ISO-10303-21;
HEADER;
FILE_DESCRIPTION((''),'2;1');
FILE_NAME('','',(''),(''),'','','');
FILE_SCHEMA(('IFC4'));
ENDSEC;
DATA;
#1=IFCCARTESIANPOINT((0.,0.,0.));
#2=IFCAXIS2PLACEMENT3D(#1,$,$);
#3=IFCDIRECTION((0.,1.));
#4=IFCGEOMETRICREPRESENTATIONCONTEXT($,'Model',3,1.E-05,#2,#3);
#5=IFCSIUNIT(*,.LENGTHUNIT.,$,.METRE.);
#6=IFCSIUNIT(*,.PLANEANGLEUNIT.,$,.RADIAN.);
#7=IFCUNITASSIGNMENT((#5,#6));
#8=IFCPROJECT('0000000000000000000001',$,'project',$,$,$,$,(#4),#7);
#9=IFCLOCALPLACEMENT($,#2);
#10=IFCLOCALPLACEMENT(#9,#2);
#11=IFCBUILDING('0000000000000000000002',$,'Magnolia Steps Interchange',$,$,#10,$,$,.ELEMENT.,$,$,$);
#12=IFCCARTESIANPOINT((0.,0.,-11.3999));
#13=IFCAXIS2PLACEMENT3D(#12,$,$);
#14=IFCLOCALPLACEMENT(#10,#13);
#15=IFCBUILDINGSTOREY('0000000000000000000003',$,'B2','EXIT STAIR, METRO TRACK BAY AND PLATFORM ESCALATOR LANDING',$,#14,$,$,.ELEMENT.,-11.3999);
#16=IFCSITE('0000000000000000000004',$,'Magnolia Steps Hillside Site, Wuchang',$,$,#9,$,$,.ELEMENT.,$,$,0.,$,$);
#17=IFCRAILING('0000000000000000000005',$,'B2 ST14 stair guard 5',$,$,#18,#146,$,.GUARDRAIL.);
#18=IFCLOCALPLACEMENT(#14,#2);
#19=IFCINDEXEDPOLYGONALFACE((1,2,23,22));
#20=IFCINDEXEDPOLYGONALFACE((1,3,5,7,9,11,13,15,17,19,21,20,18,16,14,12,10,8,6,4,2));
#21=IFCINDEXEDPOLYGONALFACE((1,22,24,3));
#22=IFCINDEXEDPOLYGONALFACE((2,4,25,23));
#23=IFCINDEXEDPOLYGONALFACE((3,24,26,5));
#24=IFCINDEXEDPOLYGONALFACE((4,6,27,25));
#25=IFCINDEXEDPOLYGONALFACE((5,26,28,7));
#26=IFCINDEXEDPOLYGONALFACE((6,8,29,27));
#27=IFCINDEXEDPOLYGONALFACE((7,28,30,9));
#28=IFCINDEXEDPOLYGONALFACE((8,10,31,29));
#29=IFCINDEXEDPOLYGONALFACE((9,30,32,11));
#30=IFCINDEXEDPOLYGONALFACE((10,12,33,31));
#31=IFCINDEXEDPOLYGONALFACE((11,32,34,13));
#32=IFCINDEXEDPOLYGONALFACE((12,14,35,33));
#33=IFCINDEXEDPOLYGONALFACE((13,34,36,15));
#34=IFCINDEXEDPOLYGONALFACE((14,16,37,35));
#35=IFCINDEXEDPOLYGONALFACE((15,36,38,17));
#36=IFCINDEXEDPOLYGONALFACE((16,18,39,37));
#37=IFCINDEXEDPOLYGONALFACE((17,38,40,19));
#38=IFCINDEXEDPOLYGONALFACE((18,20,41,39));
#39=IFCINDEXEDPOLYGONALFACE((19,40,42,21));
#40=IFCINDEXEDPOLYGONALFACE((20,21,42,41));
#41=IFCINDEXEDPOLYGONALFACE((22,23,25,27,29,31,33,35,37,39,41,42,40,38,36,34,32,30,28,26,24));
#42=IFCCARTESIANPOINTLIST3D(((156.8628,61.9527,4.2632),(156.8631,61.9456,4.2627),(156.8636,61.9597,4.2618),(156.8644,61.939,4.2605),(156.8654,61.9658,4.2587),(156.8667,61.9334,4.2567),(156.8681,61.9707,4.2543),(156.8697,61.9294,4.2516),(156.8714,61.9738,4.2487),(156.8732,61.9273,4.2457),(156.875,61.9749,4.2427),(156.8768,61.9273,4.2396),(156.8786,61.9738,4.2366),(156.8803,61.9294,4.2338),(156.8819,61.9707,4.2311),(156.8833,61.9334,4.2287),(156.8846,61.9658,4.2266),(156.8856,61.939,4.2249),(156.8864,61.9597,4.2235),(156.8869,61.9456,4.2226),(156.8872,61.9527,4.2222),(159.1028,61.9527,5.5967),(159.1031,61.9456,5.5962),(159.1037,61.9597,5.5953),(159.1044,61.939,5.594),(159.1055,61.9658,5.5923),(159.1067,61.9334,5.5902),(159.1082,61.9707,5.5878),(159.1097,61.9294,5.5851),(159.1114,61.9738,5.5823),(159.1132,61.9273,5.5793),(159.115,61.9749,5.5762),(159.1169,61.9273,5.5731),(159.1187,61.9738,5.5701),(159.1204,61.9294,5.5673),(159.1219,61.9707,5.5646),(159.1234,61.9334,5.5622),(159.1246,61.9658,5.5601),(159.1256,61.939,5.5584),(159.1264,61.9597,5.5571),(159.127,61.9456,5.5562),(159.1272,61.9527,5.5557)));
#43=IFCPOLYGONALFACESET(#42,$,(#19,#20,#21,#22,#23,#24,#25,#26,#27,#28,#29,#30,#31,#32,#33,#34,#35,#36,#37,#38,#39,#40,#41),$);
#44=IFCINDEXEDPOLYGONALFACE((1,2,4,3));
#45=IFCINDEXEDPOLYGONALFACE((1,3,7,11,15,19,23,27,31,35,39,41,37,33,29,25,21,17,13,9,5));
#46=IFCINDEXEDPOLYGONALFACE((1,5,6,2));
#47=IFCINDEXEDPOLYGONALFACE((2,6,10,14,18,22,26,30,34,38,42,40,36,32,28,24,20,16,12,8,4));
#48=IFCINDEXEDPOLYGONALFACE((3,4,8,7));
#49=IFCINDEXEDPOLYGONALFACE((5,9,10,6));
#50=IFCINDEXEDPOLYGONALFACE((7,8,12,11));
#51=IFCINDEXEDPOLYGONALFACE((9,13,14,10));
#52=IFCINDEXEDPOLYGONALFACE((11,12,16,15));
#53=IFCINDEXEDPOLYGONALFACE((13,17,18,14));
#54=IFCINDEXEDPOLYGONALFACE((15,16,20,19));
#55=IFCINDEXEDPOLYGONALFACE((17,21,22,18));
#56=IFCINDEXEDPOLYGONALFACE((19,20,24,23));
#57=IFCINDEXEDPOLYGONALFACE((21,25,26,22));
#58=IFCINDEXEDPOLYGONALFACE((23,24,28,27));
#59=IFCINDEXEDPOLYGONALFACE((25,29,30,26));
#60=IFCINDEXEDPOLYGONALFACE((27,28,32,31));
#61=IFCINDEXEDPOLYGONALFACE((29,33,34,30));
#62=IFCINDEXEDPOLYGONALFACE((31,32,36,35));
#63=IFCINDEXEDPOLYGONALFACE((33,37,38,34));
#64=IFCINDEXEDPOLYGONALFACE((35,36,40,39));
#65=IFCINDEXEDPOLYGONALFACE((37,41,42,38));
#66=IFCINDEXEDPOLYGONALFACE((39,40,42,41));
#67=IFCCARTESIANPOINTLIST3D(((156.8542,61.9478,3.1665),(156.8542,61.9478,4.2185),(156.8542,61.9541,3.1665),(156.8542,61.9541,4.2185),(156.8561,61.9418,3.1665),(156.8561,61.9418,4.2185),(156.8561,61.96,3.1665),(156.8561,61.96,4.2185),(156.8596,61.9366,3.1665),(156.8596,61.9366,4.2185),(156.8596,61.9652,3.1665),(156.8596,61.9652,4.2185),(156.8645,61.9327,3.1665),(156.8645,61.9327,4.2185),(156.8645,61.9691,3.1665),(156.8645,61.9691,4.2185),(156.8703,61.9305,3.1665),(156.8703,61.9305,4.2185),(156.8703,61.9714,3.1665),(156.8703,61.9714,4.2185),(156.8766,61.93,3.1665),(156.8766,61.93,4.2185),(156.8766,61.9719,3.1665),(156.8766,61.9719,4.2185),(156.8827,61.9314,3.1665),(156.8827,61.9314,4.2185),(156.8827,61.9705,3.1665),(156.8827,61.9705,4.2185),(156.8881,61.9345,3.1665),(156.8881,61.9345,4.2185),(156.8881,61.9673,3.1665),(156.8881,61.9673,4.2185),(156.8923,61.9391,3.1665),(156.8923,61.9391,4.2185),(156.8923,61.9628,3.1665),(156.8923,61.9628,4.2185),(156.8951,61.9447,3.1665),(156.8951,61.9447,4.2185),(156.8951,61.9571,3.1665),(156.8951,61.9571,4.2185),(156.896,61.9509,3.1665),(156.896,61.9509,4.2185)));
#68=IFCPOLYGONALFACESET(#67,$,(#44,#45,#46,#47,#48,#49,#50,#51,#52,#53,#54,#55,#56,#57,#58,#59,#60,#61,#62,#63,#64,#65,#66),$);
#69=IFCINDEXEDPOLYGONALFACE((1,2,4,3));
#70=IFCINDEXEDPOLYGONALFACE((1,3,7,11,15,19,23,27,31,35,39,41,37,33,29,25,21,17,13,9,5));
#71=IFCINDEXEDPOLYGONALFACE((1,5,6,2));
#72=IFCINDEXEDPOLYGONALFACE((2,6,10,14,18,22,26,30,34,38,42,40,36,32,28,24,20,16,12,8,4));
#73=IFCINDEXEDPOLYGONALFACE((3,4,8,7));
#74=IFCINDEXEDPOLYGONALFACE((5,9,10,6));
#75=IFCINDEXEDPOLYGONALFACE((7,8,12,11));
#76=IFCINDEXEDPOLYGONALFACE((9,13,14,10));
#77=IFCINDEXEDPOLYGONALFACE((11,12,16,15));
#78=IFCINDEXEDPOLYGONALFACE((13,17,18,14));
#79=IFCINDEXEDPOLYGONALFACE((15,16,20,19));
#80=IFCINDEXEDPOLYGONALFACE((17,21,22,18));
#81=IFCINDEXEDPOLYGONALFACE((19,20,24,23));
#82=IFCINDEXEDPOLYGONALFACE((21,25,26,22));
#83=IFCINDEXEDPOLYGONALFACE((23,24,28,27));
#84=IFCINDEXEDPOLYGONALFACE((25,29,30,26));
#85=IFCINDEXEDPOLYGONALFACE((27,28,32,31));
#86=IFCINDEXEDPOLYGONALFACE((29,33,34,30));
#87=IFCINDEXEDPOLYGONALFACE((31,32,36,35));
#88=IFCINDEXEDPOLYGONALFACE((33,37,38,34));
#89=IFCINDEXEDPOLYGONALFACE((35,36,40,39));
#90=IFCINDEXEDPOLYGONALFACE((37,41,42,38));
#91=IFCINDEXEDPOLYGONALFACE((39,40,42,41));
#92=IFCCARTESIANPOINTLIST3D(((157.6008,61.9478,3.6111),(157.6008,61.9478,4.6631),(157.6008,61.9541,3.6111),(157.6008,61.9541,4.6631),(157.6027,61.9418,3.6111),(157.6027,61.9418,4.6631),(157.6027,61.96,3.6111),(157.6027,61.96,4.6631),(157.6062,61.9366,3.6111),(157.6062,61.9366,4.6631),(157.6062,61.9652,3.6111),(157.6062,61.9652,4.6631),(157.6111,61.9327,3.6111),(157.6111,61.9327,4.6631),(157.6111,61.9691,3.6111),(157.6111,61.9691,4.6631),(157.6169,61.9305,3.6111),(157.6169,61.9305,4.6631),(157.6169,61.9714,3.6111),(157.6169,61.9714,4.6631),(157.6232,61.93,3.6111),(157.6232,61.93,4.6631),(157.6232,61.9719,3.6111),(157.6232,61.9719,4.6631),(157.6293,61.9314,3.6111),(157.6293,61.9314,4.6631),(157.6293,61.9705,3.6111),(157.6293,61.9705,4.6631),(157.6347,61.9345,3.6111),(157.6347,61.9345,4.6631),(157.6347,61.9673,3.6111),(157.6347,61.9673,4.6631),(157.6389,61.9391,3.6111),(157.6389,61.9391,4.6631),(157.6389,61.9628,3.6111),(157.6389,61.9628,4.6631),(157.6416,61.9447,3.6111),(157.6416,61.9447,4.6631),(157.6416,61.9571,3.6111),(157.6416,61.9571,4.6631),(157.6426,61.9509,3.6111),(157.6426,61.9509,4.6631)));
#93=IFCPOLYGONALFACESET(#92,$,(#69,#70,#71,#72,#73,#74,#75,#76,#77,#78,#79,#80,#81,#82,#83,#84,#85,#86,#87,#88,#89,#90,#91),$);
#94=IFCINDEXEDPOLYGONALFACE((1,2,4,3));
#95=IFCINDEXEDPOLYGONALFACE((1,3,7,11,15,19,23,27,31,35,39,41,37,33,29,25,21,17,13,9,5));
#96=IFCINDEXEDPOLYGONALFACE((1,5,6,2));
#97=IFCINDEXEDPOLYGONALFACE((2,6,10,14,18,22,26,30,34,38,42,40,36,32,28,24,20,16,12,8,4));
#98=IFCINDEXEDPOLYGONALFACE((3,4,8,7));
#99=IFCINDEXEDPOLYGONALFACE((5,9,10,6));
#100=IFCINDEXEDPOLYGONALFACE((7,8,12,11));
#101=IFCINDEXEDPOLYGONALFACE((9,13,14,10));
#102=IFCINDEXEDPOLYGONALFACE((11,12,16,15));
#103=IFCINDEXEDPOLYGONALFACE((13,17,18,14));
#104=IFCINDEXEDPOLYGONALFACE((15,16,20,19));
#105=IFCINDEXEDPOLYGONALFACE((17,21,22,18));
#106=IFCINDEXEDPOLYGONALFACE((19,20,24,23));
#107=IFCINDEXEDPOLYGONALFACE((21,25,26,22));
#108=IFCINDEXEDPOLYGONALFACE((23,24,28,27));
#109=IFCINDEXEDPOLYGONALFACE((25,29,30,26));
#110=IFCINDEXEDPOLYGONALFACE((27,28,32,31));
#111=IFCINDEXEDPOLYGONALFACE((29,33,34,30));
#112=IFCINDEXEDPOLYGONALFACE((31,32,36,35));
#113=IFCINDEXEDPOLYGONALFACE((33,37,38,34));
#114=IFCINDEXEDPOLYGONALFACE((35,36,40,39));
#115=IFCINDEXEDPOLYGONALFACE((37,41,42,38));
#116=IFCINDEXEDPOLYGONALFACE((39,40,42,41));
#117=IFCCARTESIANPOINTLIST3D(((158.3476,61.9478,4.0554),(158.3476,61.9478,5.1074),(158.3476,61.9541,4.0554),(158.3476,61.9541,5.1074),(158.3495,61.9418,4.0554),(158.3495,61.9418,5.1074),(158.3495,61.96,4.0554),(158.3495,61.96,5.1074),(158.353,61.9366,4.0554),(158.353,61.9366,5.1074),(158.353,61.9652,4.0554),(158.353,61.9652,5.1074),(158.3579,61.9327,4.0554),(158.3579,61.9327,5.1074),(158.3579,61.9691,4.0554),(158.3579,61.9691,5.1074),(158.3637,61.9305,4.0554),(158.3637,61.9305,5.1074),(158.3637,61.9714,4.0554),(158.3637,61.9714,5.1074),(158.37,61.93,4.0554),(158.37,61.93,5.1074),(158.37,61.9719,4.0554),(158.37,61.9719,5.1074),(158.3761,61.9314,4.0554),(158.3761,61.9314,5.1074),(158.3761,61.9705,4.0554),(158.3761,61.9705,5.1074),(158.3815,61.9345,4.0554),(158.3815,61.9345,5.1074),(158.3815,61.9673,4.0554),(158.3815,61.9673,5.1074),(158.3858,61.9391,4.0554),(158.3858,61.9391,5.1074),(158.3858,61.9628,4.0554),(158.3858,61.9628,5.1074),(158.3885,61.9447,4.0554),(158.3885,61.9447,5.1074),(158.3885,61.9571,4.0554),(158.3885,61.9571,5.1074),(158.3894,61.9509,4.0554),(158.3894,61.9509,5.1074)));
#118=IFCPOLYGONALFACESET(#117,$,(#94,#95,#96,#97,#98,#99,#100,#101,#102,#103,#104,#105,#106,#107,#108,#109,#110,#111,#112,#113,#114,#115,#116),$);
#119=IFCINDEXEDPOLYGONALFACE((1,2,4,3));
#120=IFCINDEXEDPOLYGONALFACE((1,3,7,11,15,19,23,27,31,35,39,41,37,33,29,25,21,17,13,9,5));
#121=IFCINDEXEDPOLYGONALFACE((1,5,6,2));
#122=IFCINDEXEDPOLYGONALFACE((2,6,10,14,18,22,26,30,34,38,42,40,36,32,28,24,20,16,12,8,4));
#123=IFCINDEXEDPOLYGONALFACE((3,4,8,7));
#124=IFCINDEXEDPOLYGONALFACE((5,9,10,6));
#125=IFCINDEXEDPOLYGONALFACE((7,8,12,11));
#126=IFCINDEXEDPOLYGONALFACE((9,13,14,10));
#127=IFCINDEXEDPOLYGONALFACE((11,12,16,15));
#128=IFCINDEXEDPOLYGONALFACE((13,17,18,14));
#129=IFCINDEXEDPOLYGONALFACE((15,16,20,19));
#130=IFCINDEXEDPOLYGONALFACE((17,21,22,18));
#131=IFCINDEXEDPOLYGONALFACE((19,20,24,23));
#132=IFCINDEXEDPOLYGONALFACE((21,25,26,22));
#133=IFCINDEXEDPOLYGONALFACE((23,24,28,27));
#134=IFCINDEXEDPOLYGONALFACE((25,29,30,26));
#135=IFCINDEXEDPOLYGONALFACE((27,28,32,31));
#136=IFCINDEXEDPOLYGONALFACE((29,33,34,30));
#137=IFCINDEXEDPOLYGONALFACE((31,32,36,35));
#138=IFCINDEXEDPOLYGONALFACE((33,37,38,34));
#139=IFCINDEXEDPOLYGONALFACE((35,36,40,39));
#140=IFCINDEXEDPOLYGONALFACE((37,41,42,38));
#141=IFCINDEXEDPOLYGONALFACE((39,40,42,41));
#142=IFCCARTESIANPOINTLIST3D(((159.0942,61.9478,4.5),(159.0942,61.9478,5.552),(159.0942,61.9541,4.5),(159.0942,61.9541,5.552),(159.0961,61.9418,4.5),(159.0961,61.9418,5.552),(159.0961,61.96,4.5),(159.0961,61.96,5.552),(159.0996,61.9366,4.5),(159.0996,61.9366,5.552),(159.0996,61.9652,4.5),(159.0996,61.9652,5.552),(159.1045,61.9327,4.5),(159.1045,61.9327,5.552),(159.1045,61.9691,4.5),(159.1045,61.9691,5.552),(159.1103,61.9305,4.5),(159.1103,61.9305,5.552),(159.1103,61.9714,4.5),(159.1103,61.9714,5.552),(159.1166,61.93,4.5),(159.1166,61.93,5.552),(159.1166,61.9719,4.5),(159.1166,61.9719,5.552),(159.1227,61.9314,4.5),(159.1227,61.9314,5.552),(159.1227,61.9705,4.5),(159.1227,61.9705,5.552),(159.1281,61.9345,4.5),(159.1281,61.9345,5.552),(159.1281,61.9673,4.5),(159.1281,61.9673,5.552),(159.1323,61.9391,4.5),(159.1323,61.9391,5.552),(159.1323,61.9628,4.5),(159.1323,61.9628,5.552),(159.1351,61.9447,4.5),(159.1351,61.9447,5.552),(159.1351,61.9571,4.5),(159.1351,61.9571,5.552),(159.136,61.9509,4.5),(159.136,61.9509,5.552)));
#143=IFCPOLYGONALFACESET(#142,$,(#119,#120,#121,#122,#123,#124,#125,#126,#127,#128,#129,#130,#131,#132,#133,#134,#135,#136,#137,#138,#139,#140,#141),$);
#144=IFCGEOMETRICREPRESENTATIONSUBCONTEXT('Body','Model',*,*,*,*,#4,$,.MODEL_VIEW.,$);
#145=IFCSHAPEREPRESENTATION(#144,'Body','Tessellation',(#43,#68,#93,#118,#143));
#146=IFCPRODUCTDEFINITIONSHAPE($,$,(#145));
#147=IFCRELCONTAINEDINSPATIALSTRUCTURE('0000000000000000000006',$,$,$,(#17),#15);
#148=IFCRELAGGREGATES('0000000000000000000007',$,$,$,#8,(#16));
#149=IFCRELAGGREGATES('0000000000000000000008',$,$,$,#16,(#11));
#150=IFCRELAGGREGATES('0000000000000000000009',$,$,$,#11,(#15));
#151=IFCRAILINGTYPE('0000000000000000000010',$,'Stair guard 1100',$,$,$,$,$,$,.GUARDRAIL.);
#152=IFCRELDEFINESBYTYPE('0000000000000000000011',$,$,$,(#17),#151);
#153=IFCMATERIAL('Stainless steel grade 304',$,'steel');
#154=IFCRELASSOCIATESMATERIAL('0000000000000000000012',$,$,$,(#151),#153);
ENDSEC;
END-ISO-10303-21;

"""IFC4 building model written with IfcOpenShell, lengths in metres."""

from ifc_helpers import new_model, si_unit, direction, frame, origin, origin_2d, place, context, subcontext, project, spatial, circle, extrude, material, type_object, element, save


model = new_model("IFC4")

# Units and contexts
model_context = context("Model", 3, precision=1e-05, world=origin(), true_north=direction((0.0, 1.0)))
body_context = subcontext(model_context, "Body", "Model", "MODEL_VIEW")
ifc_project = project(units=[si_unit("LENGTHUNIT", "METRE"), si_unit("PLANEANGLEUNIT", "RADIAN")], contexts=[model_context])

# Site, building, storey
site_placement = place(None, origin())
site = spatial("IfcSite", under=ifc_project, at=site_placement, Name="Magnolia Steps Hillside Site, Wuchang", CompositionType="ELEMENT", RefElevation=0.0)
building_placement = place(site_placement, origin())
building = spatial("IfcBuilding", under=site, at=building_placement, Name="Magnolia Steps Interchange", CompositionType="ELEMENT")
storey_placement = place(building_placement, frame((0.0, 0.0, -11.3999)))
storey = spatial("IfcBuildingStorey", under=building, at=storey_placement, Name="B2", Description="EXIT STAIR, METRO TRACK BAY AND PLATFORM ESCALATOR LANDING", CompositionType="ELEMENT", Elevation=-11.3999)

# Railing
ifc_material_1 = material(Name="Stainless steel grade 304", Category="steel")
railing_type_1 = type_object("IfcRailingType", Name="Stair guard 1100", PredefinedType="GUARDRAIL", material=ifc_material_1)
railing_1_placement = place(storey_placement, frame((156.875, 61.9509, 3.1665)))
element("IfcRailing", 1, at=railing_1_placement, inside=storey, type_object=railing_type_1, Name="B2 ST14 stair guard 5", PredefinedType="GUARDRAIL", context=body_context, shape_type="SweptSolid", body=[
    extrude(circle(Radius=0.0239, at=origin_2d()), frame((0.0, 0.0, 1.0762), z_axis=(0.859264, 0.0, 0.511532), x_axis=(0.0, 1.0, 0.0)), (0.0, 0.0, 1.0), 2.6069),
    extrude(circle(Radius=0.021, at=origin_2d()), origin(), (0.0, 0.0, 1.0), 1.052),
    extrude(circle(Radius=0.021, at=origin_2d()), frame((0.7466, 0.0, 0.4446)), (0.0, 0.0, 1.0), 1.052),
    extrude(circle(Radius=0.021, at=origin_2d()), frame((1.4934, 0.0, 0.8889)), (0.0, 0.0, 1.0), 1.052),
    extrude(circle(Radius=0.021, at=origin_2d()), frame((2.24, 0.0, 1.3335)), (0.0, 0.0, 1.0), 1.052),
])

save(model, "model.ifc")
